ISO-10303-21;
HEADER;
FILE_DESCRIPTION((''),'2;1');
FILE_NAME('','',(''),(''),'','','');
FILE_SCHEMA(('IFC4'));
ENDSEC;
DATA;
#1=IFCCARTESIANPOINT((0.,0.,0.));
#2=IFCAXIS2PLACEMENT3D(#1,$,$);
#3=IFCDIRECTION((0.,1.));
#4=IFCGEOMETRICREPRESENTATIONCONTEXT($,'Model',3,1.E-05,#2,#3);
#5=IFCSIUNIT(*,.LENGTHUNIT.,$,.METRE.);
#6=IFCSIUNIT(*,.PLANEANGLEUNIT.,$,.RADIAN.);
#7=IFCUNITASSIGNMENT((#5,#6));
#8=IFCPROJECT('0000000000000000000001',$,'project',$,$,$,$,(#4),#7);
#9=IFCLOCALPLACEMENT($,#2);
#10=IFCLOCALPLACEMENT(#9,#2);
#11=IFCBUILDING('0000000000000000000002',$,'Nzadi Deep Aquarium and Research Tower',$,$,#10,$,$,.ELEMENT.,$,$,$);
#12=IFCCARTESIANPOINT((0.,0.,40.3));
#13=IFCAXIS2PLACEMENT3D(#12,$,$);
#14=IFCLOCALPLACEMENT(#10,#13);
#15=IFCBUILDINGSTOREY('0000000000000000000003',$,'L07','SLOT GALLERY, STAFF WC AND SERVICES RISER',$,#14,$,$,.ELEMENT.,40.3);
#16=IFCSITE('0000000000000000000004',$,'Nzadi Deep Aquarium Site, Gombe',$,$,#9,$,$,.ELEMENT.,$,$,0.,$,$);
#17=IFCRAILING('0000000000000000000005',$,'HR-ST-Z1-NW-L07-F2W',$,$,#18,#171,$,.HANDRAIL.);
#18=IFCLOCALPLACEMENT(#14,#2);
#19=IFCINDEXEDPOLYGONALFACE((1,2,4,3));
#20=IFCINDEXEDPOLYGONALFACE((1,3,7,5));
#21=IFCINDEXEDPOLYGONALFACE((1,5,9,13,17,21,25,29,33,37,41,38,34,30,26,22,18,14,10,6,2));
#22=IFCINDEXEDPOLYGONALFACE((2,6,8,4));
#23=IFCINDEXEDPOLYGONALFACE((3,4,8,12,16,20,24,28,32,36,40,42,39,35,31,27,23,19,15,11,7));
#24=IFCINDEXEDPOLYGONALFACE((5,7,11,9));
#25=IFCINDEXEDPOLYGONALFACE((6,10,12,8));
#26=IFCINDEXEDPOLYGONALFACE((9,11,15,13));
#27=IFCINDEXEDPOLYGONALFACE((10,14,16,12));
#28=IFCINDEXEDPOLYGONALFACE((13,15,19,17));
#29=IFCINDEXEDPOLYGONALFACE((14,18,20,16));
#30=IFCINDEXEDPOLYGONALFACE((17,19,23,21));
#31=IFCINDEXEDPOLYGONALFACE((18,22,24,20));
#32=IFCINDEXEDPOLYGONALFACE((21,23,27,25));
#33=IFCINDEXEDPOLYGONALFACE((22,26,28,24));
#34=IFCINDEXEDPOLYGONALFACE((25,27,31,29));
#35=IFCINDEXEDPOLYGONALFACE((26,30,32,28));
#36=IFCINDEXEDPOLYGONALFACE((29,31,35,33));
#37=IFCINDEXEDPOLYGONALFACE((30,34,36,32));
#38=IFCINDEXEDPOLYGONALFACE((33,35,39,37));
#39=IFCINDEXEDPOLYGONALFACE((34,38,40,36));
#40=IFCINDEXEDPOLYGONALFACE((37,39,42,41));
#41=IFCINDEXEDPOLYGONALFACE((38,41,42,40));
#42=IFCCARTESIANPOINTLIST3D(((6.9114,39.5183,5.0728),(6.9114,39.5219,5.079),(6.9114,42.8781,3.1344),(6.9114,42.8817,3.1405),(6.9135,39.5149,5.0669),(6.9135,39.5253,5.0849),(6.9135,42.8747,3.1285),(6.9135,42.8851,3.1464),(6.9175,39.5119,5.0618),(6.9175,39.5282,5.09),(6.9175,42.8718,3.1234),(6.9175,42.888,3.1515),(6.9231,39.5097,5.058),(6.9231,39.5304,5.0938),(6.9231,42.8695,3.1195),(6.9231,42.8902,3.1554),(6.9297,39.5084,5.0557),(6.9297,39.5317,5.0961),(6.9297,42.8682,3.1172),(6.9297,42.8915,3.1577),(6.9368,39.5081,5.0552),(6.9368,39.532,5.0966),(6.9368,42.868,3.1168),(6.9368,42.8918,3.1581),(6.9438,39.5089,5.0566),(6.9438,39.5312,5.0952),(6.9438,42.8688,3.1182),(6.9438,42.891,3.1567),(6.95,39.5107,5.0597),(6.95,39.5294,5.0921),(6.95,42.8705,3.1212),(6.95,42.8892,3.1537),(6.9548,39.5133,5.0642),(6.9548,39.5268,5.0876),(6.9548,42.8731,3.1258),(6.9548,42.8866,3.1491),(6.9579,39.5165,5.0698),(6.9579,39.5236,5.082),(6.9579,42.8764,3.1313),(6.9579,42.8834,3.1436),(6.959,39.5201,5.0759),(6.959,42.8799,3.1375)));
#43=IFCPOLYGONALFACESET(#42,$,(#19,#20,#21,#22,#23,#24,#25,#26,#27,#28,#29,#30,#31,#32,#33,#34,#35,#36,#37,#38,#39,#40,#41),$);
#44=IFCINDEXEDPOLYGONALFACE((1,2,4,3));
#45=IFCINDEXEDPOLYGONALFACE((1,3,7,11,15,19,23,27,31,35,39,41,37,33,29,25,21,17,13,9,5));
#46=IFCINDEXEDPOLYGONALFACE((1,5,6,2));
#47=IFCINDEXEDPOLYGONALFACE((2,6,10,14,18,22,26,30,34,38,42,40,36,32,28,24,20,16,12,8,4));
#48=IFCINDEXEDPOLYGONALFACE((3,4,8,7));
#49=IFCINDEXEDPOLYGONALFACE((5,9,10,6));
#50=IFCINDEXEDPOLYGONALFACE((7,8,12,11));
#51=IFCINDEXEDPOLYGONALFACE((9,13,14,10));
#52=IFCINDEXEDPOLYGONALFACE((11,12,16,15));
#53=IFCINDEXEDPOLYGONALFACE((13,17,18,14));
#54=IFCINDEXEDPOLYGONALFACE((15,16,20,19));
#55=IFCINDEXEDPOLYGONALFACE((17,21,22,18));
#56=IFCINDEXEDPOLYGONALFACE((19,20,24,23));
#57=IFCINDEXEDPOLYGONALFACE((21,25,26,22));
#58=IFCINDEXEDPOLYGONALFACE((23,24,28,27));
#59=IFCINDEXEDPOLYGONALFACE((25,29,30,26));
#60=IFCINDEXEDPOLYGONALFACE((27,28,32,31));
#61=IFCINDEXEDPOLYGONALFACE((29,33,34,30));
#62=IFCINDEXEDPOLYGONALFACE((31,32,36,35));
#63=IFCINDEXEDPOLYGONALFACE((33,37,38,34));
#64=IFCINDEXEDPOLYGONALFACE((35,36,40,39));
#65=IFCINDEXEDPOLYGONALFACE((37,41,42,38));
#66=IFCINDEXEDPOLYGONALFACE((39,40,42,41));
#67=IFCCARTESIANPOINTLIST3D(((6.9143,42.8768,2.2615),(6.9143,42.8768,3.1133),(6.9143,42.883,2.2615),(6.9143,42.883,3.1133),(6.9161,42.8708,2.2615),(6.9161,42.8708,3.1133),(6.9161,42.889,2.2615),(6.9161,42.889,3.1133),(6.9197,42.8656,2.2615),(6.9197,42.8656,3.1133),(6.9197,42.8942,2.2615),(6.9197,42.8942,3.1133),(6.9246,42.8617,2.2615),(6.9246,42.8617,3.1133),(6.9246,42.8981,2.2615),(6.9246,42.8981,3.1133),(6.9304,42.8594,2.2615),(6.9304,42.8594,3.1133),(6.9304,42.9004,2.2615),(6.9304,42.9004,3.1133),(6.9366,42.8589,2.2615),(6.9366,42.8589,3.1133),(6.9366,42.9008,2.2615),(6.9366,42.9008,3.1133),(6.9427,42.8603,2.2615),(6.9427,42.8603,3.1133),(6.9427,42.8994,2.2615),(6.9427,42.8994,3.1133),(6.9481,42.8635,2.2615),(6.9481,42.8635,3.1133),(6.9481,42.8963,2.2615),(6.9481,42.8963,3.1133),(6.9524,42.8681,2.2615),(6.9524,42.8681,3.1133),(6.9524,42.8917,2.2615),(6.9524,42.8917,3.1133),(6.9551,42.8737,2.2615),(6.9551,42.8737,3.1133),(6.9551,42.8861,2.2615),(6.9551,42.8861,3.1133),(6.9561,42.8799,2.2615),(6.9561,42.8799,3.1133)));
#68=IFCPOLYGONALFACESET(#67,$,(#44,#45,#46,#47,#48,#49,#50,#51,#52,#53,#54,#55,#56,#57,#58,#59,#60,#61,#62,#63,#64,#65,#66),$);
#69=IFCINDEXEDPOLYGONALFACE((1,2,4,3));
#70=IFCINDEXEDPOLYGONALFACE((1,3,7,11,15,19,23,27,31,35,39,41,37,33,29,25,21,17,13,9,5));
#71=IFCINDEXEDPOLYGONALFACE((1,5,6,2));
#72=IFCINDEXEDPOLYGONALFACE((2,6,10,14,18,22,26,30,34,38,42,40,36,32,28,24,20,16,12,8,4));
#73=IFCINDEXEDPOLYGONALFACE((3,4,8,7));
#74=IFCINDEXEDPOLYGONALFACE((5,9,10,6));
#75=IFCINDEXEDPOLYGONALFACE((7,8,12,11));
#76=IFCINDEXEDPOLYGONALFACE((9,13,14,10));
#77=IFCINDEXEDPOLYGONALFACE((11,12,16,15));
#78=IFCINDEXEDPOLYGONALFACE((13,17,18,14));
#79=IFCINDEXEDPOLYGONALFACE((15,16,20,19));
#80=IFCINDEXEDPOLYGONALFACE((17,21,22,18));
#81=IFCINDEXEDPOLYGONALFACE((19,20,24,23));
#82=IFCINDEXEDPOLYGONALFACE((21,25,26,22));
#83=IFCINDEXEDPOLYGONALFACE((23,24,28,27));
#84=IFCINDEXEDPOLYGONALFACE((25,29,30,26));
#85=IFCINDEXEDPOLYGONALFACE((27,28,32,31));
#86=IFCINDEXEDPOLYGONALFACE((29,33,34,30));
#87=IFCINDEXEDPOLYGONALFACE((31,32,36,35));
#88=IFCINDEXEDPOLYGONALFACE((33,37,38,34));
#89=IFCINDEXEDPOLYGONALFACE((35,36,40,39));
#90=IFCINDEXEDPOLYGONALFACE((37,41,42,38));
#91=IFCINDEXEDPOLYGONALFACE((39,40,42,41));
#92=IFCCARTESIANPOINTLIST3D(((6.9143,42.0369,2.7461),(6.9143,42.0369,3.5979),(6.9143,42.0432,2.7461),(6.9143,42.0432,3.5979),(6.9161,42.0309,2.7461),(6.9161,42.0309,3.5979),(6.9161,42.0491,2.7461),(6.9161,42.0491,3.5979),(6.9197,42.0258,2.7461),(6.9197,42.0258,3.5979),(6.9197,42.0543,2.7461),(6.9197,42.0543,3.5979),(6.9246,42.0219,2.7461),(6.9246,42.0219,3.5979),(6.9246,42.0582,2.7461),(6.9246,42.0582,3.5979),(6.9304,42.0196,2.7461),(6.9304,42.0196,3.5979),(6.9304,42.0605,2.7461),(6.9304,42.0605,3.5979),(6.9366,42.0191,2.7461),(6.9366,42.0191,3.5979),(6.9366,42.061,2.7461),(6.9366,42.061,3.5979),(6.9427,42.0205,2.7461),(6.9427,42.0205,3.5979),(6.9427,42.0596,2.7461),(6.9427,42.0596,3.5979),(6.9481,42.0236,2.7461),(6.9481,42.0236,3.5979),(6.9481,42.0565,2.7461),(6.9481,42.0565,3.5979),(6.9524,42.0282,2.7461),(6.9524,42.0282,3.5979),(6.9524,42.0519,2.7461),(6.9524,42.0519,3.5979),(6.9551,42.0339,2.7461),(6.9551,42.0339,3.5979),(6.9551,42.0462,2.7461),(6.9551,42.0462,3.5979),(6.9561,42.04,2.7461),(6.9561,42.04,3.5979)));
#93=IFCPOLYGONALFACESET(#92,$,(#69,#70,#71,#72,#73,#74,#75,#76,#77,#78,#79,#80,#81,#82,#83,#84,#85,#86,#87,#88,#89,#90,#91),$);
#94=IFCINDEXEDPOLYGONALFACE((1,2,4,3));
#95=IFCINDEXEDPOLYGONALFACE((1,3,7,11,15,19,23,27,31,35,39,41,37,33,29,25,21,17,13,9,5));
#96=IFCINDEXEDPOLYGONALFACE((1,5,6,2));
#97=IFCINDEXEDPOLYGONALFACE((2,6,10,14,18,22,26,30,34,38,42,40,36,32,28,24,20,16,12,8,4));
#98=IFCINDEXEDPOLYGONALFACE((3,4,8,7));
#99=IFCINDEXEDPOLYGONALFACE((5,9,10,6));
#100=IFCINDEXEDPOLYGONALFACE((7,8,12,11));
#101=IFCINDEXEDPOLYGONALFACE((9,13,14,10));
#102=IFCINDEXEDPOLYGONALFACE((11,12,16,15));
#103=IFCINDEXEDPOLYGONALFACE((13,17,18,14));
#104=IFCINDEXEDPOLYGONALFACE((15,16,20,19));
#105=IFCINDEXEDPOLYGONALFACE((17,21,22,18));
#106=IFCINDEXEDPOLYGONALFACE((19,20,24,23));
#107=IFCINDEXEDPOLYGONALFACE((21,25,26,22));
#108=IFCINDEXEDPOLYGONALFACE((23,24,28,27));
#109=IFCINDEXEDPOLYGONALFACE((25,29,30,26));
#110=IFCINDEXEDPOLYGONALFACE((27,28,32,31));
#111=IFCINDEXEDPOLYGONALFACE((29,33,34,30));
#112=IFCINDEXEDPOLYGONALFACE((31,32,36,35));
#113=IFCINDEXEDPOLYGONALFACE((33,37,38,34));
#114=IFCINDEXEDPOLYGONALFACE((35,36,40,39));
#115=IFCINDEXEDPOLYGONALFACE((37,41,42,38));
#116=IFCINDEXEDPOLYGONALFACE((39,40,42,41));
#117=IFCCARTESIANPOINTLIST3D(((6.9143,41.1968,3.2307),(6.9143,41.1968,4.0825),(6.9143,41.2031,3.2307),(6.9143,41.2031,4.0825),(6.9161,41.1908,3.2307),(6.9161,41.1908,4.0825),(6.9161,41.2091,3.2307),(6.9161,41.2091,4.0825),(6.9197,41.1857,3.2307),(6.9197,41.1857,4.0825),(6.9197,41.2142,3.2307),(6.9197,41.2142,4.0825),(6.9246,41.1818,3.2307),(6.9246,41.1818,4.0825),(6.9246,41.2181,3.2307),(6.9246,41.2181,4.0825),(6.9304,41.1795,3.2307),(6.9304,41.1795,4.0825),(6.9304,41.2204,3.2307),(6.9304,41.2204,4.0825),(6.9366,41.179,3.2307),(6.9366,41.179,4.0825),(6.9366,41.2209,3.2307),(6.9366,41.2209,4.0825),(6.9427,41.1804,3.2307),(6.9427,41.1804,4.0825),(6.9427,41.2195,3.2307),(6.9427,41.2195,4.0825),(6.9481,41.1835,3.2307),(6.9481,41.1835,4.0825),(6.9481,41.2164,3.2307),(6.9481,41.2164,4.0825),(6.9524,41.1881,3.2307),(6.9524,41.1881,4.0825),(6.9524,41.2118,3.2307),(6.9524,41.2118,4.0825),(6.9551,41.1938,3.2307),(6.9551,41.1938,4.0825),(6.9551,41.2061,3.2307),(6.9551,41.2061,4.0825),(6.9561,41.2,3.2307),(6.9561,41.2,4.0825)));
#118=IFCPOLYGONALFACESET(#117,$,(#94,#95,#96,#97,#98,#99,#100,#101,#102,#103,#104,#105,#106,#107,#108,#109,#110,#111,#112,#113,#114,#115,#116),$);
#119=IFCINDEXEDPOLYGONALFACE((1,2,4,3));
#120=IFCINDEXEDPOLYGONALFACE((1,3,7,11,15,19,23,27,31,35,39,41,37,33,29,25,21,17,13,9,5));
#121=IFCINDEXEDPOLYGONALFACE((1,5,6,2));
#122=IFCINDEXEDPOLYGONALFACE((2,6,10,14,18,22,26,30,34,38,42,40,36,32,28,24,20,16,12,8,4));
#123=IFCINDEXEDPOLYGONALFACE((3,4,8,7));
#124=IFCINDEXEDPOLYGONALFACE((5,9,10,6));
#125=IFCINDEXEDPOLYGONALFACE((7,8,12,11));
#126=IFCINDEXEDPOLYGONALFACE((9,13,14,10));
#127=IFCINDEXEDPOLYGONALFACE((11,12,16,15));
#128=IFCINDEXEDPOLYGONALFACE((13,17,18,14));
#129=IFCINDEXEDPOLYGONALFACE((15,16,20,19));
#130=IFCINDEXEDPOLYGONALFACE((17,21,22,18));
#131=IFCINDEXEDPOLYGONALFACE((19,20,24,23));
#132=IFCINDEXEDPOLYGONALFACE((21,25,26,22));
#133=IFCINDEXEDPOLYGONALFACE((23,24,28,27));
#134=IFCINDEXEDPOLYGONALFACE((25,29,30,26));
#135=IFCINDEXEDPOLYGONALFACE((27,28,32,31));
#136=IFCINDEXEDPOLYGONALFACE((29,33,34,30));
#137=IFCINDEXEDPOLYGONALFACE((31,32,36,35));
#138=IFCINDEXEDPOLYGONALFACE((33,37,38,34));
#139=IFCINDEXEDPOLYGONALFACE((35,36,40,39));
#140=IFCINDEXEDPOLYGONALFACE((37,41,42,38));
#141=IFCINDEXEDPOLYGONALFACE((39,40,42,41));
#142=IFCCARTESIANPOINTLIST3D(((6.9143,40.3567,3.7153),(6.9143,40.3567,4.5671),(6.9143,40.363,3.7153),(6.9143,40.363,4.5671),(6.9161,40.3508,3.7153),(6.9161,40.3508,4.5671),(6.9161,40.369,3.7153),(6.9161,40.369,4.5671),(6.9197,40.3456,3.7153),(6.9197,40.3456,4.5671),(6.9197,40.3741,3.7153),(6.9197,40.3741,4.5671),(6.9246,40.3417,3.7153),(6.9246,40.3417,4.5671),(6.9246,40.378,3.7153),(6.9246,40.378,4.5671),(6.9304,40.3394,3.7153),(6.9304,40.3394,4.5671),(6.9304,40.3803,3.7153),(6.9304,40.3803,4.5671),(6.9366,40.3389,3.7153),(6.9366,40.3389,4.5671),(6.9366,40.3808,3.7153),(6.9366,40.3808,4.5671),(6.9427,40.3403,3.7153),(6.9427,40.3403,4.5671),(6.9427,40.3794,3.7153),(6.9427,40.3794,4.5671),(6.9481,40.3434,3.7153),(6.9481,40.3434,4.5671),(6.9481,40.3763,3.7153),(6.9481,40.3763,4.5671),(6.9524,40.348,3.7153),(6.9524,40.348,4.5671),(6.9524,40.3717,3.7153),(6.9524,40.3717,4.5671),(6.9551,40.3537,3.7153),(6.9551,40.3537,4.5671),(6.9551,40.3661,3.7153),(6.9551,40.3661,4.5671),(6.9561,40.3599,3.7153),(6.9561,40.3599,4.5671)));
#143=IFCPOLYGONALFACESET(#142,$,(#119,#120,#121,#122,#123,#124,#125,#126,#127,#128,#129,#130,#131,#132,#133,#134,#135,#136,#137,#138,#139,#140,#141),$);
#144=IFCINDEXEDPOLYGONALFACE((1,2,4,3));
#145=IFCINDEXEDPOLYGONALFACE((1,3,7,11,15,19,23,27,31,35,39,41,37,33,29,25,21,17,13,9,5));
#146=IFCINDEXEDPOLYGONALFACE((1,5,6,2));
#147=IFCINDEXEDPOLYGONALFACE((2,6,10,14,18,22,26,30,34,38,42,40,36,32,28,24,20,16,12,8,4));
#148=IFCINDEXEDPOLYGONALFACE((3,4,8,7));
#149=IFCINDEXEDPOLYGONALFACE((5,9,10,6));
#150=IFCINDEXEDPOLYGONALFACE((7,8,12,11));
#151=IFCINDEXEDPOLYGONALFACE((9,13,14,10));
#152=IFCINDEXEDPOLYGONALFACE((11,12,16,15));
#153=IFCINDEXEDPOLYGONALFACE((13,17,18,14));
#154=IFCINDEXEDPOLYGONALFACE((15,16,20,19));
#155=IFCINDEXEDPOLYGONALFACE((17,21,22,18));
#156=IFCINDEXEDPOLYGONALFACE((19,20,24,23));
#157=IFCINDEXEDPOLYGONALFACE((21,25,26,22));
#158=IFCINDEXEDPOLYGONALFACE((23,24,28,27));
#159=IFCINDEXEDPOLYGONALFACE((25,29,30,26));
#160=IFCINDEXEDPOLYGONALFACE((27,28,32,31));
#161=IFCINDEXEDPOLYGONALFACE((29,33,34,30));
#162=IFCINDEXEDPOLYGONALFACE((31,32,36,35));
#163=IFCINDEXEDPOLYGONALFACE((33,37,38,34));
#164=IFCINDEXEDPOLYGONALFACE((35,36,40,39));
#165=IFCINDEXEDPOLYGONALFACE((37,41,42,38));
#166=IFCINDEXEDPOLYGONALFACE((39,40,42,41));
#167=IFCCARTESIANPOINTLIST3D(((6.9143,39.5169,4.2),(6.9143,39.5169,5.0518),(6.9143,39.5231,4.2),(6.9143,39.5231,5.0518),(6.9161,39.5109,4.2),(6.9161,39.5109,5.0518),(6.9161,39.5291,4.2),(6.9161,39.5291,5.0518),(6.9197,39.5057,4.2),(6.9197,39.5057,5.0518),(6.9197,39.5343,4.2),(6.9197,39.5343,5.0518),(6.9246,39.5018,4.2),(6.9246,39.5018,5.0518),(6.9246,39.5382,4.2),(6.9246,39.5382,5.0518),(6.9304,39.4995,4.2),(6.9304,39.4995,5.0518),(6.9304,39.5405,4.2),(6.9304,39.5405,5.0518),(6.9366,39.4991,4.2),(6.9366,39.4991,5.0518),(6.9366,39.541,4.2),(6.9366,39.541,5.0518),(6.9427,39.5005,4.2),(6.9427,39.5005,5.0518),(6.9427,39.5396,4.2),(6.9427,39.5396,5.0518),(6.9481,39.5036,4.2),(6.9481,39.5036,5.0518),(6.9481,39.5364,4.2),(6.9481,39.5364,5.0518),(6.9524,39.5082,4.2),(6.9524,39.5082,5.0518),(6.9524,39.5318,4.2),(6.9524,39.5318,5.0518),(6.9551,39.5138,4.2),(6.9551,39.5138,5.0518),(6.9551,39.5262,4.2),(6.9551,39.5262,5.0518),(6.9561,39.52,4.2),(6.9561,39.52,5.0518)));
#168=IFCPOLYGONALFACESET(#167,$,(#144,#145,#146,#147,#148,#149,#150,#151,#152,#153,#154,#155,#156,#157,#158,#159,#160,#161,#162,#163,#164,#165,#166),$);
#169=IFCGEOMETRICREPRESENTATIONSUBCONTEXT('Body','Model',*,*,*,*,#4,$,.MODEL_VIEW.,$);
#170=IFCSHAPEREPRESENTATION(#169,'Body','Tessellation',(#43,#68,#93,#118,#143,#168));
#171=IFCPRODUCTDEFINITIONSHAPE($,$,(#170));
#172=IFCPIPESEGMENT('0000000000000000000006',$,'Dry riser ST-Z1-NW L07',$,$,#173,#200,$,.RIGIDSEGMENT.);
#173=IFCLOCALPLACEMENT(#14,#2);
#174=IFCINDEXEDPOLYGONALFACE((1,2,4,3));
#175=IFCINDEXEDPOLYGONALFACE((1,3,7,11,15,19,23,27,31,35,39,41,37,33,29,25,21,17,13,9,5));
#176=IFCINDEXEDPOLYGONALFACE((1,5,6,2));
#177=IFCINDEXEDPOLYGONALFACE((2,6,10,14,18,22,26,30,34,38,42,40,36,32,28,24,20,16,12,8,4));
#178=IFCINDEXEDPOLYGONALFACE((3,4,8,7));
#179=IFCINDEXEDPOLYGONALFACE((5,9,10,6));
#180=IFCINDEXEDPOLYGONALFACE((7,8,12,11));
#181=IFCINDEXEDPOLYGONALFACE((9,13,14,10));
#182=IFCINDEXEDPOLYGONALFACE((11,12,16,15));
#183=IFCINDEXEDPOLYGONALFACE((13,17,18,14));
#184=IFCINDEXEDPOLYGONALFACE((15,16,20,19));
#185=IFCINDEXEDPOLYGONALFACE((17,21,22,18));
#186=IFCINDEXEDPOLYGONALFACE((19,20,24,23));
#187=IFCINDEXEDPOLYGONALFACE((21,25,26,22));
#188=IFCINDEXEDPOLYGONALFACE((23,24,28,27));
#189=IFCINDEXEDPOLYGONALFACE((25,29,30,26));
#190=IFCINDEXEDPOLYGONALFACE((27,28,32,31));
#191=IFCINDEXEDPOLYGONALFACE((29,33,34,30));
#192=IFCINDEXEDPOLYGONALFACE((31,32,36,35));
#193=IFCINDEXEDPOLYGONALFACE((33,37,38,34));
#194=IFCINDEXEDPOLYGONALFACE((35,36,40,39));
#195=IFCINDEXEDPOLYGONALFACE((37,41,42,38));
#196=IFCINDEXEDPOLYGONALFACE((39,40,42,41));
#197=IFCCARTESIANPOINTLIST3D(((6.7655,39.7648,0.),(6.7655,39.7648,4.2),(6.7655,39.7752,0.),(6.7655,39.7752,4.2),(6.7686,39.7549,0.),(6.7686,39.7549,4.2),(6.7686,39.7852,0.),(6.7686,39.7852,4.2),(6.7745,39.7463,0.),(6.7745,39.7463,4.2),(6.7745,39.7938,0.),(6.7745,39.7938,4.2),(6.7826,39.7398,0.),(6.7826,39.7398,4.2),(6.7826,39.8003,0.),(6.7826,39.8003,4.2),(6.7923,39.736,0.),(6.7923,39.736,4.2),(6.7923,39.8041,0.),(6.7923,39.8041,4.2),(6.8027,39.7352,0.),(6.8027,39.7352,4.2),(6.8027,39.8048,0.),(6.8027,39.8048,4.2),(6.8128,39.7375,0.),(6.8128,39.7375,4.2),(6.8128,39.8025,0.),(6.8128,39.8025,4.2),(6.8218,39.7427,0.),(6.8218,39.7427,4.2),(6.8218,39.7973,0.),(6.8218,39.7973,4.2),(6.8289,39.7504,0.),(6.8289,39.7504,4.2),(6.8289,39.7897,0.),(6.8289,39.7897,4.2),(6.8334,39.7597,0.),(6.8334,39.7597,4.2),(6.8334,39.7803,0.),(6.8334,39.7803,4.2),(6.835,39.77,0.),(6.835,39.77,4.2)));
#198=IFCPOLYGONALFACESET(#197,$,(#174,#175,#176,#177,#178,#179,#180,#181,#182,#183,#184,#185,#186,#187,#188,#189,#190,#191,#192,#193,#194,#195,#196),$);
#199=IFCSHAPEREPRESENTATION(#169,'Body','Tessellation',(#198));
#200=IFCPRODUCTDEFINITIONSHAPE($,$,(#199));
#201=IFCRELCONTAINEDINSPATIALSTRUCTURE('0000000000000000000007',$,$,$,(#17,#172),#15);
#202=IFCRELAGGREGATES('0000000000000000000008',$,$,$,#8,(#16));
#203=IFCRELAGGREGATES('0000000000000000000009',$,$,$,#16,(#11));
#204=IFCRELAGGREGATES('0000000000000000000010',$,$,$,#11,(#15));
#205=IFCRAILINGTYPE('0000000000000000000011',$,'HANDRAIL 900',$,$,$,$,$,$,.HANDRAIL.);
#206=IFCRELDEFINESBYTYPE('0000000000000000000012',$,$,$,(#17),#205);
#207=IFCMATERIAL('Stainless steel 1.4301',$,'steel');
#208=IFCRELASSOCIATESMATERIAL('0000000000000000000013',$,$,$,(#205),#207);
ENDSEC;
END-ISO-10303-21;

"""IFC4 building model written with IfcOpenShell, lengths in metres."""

from ifc_helpers import new_model, si_unit, direction, frame, origin, origin_2d, place, context, subcontext, project, spatial, circle, extrude, material, type_object, element, save


model = new_model("IFC4")

# Units and contexts
model_context = context("Model", 3, precision=1e-05, world=origin(), true_north=direction((0.0, 1.0)))
body_context = subcontext(model_context, "Body", "Model", "MODEL_VIEW")
ifc_project = project(units=[si_unit("LENGTHUNIT", "METRE"), si_unit("PLANEANGLEUNIT", "RADIAN")], contexts=[model_context])

# Site, building, storey
site_placement = place(None, origin())
site = spatial("IfcSite", under=ifc_project, at=site_placement, Name="Nzadi Deep Aquarium Site, Gombe", CompositionType="ELEMENT", RefElevation=0.0)
building_placement = place(site_placement, origin())
building = spatial("IfcBuilding", under=site, at=building_placement, Name="Nzadi Deep Aquarium and Research Tower", CompositionType="ELEMENT")
storey_placement = place(building_placement, frame((0.0, 0.0, 40.3)))
storey = spatial("IfcBuildingStorey", under=building, at=storey_placement, Name="L07", Description="SLOT GALLERY, STAFF WC AND SERVICES RISER", CompositionType="ELEMENT", Elevation=40.3)

# Railing
ifc_material_1 = material(Name="Stainless steel 1.4301", Category="steel")
railing_type = type_object("IfcRailingType", Name="HANDRAIL 900", PredefinedType="HANDRAIL", material=ifc_material_1)
railing_placement = place(storey_placement, frame((6.9351, 42.8799, 2.2615)))
element("IfcRailing", 1, at=railing_placement, inside=storey, type_object=railing_type, Name="HR-ST-Z1-NW-L07-F2W", PredefinedType="HANDRAIL", context=body_context, shape_type="SweptSolid", body=[
    extrude(circle(Radius=0.0239, at=origin_2d()), frame((0.0, 0.0, 0.876), z_axis=(0.0, -0.866175, 0.499741), x_axis=(1.0, 0.0, 0.0)), (0.0, 0.0, 1.0), 3.8789),
    extrude(circle(Radius=0.021, at=origin_2d()), origin(), (0.0, 0.0, 1.0), 0.8518),
    extrude(circle(Radius=0.021, at=origin_2d()), frame((0.0, -0.8398, 0.4846)), (0.0, 0.0, 1.0), 0.8518),
    extrude(circle(Radius=0.021, at=origin_2d()), frame((0.0, -1.6799, 0.9692)), (0.0, 0.0, 1.0), 0.8518),
    extrude(circle(Radius=0.021, at=origin_2d()), frame((0.0, -2.52, 1.4539)), (0.0, 0.0, 1.0), 0.8518),
    extrude(circle(Radius=0.021, at=origin_2d()), frame((0.0, -3.3599, 1.9385)), (0.0, 0.0, 1.0), 0.8518),
])

# Pipe segment
pipe_segment_placement = place(storey_placement, frame((6.8, 39.77, 0.0), z_axis=(0.0, 0.0, 1.0), x_axis=(1.0, 0.0, 0.0)))
element("IfcPipeSegment", 2, at=pipe_segment_placement, inside=storey, Name="Dry riser ST-Z1-NW L07", PredefinedType="RIGIDSEGMENT", context=body_context, shape_type="SweptSolid", body=[
    extrude(circle(Radius=0.0349, at=origin_2d()), origin(), (0.0, 0.0, 1.0), 4.2),
])

save(model, "model.ifc")
